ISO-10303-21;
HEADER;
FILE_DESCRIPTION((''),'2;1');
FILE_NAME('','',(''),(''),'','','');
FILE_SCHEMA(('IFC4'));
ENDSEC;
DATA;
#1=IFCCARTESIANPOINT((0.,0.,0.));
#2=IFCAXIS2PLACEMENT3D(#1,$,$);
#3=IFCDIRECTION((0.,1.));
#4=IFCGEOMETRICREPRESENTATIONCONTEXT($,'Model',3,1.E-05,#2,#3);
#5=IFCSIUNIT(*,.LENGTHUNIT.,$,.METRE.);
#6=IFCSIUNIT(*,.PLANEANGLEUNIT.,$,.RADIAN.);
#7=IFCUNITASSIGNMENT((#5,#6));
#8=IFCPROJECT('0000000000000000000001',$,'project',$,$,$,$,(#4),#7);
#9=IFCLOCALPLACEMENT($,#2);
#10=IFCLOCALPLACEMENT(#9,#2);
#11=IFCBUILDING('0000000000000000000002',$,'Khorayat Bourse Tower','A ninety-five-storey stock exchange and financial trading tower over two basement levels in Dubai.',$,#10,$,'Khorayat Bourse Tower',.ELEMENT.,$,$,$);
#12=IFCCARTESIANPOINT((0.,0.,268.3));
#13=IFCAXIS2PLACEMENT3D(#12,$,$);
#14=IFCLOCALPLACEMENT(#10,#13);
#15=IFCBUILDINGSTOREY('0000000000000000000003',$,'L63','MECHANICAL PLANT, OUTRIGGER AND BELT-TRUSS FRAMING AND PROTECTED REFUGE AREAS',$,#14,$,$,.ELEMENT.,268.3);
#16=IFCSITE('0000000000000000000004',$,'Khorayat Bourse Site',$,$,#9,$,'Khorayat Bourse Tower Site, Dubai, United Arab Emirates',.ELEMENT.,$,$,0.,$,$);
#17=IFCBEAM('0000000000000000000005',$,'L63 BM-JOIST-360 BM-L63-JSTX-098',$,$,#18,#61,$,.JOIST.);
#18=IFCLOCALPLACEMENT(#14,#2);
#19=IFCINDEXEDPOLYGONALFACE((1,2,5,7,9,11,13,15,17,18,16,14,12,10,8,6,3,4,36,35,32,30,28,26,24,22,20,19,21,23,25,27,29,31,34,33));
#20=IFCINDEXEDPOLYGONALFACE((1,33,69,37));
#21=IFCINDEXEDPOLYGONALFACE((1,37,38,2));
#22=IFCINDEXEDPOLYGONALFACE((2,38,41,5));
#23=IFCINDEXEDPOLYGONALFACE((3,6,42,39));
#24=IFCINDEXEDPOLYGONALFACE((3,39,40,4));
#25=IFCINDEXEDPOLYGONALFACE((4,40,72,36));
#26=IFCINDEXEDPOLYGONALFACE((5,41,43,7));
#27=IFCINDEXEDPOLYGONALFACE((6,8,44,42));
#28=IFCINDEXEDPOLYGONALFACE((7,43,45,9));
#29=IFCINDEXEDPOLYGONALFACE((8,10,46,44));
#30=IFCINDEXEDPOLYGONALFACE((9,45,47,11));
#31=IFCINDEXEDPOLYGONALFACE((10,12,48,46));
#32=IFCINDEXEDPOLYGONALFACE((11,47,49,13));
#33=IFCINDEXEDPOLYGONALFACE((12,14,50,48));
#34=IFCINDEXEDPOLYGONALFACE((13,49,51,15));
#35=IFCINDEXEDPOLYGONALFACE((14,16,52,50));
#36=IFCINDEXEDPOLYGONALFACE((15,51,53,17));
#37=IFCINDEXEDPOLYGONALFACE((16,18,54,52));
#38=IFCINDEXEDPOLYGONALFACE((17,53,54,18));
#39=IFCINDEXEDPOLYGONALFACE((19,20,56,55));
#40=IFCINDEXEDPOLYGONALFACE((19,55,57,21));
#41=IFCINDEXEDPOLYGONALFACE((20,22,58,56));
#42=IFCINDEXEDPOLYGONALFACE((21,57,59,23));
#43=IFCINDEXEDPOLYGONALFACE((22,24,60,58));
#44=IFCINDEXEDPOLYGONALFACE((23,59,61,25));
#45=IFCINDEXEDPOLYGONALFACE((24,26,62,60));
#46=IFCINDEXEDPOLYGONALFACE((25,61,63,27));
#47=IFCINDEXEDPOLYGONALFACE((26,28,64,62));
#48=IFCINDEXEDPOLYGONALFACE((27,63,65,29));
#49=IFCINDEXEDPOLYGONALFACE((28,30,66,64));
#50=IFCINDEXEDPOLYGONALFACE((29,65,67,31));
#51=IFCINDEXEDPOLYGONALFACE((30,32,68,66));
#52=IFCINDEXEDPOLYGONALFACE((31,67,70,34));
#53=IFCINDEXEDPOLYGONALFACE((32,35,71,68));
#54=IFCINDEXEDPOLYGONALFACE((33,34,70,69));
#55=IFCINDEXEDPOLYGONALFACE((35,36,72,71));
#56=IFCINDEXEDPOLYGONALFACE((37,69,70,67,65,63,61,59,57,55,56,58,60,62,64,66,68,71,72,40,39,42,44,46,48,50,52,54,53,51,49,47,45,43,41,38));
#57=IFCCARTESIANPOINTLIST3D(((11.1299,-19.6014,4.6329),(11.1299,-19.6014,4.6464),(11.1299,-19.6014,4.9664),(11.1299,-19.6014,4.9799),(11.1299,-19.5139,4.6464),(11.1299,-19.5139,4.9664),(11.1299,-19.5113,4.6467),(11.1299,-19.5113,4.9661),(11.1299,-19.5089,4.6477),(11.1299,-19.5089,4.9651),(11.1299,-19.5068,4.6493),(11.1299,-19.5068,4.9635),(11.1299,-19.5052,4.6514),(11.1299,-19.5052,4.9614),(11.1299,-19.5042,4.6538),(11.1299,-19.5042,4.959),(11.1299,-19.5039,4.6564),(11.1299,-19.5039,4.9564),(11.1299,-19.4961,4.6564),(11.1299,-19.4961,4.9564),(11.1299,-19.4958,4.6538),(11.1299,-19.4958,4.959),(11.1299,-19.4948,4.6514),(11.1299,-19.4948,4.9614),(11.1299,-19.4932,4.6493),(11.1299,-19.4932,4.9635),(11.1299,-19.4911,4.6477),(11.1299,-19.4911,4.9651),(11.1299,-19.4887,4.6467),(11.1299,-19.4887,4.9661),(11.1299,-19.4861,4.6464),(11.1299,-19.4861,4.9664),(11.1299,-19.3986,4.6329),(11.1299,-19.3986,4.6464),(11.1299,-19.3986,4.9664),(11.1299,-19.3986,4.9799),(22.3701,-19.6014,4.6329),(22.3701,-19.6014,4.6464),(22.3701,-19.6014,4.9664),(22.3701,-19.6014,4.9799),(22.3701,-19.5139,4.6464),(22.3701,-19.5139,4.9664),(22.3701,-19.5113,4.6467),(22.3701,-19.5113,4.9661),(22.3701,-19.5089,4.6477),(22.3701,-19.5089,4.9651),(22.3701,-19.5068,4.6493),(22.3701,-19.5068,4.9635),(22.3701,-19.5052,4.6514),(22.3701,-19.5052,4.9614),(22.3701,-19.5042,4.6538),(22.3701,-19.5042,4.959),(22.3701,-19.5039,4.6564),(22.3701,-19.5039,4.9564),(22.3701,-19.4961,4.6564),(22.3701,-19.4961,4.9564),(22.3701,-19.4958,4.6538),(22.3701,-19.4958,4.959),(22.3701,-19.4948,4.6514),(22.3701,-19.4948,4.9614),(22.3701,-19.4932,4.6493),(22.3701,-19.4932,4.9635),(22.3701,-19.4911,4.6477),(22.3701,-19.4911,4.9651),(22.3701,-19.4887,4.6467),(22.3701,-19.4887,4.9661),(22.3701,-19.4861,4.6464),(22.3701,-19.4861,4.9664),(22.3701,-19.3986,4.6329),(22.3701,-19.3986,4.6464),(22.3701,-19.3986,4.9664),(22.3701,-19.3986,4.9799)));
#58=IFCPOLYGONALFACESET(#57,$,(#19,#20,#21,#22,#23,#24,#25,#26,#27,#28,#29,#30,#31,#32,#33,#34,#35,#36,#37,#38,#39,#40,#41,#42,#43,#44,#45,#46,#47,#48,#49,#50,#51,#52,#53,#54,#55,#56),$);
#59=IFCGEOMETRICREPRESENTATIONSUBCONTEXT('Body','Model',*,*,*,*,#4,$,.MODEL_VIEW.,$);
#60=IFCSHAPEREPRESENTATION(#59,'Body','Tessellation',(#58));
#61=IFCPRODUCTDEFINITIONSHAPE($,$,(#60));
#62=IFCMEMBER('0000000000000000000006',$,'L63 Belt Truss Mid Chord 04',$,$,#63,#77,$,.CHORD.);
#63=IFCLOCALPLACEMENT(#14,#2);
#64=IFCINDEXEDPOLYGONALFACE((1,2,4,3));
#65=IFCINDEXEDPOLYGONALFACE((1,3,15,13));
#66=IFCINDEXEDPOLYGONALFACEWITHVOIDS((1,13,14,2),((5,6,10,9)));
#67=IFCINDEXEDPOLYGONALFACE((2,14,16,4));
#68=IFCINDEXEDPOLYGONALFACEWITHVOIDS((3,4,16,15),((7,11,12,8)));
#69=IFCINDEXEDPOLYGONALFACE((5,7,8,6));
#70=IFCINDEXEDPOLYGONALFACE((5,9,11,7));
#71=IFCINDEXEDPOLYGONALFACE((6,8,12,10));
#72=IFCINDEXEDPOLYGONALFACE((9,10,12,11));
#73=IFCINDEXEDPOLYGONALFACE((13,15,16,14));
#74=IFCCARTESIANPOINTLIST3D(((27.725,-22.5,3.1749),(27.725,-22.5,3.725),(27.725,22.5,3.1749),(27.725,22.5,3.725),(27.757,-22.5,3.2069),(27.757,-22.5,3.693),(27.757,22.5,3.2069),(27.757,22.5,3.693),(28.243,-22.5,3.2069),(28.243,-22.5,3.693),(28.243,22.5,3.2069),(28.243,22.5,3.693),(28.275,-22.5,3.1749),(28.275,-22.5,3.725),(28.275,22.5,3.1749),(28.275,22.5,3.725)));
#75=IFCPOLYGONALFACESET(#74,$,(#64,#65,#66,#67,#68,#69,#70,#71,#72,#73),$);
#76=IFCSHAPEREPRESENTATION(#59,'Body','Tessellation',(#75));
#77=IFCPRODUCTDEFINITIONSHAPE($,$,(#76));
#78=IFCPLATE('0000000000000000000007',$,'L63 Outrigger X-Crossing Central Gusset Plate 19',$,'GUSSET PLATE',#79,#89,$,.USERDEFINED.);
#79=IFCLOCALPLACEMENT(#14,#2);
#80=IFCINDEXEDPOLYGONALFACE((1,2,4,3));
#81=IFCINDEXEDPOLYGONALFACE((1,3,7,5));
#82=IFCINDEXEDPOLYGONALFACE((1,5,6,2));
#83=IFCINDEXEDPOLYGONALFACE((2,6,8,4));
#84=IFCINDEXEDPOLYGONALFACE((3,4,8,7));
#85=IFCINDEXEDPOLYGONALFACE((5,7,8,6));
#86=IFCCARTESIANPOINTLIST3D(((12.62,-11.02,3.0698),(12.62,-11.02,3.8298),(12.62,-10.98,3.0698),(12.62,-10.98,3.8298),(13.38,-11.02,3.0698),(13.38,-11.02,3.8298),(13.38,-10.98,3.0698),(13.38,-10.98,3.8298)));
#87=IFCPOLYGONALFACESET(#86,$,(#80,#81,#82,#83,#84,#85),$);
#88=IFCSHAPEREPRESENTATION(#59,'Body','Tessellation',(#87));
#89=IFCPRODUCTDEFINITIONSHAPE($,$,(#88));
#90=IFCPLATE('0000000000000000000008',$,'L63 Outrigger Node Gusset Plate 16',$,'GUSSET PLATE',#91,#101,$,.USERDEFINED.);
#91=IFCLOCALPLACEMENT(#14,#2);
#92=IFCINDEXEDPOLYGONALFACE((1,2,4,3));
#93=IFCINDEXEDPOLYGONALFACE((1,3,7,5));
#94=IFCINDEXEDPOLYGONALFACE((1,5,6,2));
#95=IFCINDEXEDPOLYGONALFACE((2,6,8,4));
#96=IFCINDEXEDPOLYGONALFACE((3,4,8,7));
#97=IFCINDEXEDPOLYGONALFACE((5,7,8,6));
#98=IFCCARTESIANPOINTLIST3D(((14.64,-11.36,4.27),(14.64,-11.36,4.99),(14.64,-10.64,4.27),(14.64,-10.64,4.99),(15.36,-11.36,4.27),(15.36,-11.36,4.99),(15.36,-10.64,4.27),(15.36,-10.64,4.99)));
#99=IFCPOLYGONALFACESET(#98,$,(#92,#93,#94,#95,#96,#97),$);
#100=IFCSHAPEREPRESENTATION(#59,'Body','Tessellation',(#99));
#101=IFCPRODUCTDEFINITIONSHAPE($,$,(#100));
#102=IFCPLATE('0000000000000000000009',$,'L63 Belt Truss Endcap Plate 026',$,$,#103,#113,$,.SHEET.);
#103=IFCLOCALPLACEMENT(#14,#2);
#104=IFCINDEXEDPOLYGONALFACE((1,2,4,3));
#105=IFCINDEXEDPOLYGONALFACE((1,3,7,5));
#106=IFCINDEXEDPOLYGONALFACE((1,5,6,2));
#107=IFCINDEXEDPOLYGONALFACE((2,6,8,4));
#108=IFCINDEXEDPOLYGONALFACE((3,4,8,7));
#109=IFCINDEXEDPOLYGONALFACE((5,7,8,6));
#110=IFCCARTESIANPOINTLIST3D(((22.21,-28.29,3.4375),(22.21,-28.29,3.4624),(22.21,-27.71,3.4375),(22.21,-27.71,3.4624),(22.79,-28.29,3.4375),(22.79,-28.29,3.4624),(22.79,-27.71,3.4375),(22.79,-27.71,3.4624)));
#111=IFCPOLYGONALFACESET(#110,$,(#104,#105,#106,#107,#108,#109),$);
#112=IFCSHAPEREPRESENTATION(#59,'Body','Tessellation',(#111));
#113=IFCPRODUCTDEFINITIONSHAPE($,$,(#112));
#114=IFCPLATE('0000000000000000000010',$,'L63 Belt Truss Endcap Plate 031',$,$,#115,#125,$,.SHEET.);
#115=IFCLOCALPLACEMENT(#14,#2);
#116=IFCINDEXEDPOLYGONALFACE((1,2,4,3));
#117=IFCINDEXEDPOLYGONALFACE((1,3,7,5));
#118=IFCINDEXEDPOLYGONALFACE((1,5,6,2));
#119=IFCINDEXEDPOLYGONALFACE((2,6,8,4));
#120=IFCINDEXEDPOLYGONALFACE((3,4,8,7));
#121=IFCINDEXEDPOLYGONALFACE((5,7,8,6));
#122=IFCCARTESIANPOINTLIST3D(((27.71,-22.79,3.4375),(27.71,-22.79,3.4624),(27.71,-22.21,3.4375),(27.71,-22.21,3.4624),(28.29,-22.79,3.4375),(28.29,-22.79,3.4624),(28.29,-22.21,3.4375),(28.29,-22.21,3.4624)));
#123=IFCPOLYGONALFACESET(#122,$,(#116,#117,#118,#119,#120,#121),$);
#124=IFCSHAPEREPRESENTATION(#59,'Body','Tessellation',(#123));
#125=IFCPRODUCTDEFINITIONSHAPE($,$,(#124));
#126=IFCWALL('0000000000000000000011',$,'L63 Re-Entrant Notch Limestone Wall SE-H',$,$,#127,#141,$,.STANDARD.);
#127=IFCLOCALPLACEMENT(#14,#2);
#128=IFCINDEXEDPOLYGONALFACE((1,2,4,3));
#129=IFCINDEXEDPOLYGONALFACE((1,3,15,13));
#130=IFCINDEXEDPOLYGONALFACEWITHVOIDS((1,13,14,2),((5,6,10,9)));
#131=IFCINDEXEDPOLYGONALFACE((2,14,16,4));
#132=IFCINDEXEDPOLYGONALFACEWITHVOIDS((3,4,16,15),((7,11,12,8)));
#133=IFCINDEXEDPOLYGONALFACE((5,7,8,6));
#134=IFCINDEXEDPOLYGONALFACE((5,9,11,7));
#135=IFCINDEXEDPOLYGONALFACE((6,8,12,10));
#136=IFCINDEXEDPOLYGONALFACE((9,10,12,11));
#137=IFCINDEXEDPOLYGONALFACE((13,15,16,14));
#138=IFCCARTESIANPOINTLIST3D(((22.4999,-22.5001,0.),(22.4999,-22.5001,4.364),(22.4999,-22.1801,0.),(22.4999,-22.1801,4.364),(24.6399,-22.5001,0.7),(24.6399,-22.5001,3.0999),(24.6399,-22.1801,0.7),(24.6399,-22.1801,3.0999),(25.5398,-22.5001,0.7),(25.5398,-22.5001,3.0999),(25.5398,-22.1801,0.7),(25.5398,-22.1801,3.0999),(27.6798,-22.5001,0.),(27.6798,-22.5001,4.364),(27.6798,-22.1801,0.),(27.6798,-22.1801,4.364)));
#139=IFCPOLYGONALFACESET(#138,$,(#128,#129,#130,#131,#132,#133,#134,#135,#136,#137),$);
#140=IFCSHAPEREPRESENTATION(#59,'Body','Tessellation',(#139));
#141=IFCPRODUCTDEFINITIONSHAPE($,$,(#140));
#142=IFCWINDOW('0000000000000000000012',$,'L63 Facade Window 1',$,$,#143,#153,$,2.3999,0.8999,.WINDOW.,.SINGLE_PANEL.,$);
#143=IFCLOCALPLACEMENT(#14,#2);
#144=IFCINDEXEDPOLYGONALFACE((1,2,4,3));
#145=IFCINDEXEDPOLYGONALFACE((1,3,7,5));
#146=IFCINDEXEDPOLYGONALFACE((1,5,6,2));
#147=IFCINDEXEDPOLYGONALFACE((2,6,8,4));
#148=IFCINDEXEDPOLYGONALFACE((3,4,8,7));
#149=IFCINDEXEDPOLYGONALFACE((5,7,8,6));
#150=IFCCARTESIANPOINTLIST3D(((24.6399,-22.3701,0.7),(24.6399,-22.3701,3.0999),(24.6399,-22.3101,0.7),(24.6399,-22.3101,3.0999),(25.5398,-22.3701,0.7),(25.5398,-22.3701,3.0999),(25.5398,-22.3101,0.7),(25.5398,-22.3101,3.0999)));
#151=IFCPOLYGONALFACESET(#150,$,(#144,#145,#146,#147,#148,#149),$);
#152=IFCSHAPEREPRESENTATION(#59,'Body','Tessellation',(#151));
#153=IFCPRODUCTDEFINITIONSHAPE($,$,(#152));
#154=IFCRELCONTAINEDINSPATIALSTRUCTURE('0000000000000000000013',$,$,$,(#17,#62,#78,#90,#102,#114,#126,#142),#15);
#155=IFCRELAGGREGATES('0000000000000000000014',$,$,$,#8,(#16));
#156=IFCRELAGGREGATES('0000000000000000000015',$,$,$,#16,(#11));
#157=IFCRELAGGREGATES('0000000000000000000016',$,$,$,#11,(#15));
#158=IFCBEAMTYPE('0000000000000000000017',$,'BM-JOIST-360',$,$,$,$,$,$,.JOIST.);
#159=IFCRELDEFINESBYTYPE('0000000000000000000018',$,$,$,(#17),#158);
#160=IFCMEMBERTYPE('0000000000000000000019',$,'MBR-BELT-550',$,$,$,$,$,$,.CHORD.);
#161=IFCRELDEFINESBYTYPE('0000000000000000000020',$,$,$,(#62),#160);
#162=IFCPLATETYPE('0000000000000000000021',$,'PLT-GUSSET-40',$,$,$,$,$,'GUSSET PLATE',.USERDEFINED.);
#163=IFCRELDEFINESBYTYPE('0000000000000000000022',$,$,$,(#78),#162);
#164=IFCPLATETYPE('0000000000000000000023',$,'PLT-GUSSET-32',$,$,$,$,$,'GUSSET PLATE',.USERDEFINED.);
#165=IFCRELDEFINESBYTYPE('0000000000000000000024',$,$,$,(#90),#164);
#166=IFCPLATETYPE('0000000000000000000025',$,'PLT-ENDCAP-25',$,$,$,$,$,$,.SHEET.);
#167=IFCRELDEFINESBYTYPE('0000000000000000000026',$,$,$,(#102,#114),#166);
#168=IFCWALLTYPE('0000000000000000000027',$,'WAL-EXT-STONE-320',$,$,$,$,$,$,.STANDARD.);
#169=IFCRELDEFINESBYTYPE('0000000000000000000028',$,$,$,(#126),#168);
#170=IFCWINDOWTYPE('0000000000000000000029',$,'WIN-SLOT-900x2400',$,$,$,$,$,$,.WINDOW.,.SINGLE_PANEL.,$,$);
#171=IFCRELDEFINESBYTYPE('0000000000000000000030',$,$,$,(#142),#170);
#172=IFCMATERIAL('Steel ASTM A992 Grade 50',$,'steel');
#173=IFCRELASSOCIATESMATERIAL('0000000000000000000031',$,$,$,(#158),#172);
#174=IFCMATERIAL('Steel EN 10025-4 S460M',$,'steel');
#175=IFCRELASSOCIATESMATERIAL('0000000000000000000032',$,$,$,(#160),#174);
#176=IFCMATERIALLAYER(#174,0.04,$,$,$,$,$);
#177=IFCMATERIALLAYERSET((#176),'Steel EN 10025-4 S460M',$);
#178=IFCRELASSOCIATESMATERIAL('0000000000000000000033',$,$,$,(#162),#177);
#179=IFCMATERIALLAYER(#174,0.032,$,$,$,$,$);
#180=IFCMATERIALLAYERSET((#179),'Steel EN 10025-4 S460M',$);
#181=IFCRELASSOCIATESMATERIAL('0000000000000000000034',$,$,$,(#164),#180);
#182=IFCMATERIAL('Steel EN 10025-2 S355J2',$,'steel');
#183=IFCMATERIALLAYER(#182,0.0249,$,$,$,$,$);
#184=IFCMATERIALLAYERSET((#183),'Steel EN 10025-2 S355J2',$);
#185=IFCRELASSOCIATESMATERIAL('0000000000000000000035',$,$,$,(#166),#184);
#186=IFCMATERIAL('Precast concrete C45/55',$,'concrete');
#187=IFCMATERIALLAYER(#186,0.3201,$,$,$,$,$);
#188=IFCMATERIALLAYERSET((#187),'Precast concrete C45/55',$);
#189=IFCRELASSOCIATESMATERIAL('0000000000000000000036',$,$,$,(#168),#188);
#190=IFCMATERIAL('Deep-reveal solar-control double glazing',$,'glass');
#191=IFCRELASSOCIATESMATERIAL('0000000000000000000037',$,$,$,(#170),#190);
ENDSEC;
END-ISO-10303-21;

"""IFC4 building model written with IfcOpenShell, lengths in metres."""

from ifc_helpers import new_model, si_unit, direction, frame, frame_2d, origin, origin_2d, place, context, subcontext, project, spatial, rectangle, hollow_rectangle, i_section, extrude, source, transform, mapped, material, layer, layer_set, material_profile, profile_set, type_object, element, fill, save


model = new_model("IFC4")

# Units and contexts
model_context = context("Model", 3, precision=1e-05, world=origin(), true_north=direction((0.0, 1.0)))
body_context = subcontext(model_context, "Body", "Model", "MODEL_VIEW")
ifc_project = project(units=[si_unit("LENGTHUNIT", "METRE"), si_unit("PLANEANGLEUNIT", "RADIAN")], contexts=[model_context])

# Site, building, storey
site_placement = place(None, origin())
site = spatial("IfcSite", under=ifc_project, at=site_placement, Name="Khorayat Bourse Site", LongName="Khorayat Bourse Tower Site, Dubai, United Arab Emirates", CompositionType="ELEMENT", RefElevation=0.0)
building_placement = place(site_placement, origin())
building = spatial("IfcBuilding", under=site, at=building_placement, Name="Khorayat Bourse Tower", Description="A ninety-five-storey stock exchange and financial trading tower over two basement levels in Dubai.", LongName="Khorayat Bourse Tower", CompositionType="ELEMENT")
storey_placement = place(building_placement, frame((0.0, 0.0, 268.3)))
storey = spatial("IfcBuildingStorey", under=building, at=storey_placement, Name="L63", Description="MECHANICAL PLANT, OUTRIGGER AND BELT-TRUSS FRAMING AND PROTECTED REFUGE AREAS", CompositionType="ELEMENT", Elevation=268.3)

# Shared definitions
ifc_material_1 = material(Name="Steel EN 10025-4 S460M", Category="steel")

# Shared definitions
ifc_material_2 = material(Name="Steel ASTM A992 Grade 50", Category="steel")

# Beam
ifc_material_profile_1 = material_profile(ifc_material_2, i_section(OverallWidth=0.2029, OverallDepth=0.3469, WebThickness=0.0078, FlangeThickness=0.0134, FilletRadius=0.01, at=origin_2d()), Name="W360X64")
ifc_profile_set_1 = profile_set([ifc_material_profile_1], Name="Steel ASTM A992 Grade 50")
beam_type_1 = type_object("IfcBeamType", Name="BM-JOIST-360", PredefinedType="JOIST", material=ifc_profile_set_1)
shared_shape_1 = source(origin(), body_context, "Body", "SweptSolid", [
    extrude(i_section(OverallWidth=0.2029, OverallDepth=0.3469, WebThickness=0.0078, FlangeThickness=0.0134, FilletRadius=0.01, at=origin_2d()), origin(), (0.0, 0.0, 1.0), 11.2402),
])
beam_1_placement = place(storey_placement, frame((11.1299, -19.5, 4.8064), z_axis=(1.0, 0.0, 0.0), x_axis=(0.0, 1.0, 0.0)))
element("IfcBeam", 1, at=beam_1_placement, inside=storey, type_object=beam_type_1, Name="L63 BM-JOIST-360 BM-L63-JSTX-098", PredefinedType="JOIST", context=body_context, shape_type="MappedRepresentation", body=[
    mapped(shared_shape_1, transform((0.0, 0.0, 0.0), scale=1.0)),
])

# Member
ifc_material_profile_2 = material_profile(ifc_material_1, hollow_rectangle(XDim=0.55, YDim=0.55, WallThickness=0.032, at=origin_2d()), Name="HSS 550x550x32")
ifc_profile_set_2 = profile_set([ifc_material_profile_2], Name="Steel EN 10025-4 S460M")
member_type_1 = type_object("IfcMemberType", Name="MBR-BELT-550", PredefinedType="CHORD", material=ifc_profile_set_2)
shared_shape_2 = source(origin(), body_context, "Body", "SweptSolid", [
    extrude(hollow_rectangle(XDim=0.55, YDim=0.55, WallThickness=0.032, at=origin_2d()), origin(), (0.0, 0.0, 1.0), 45.0),
])
member_1_placement = place(storey_placement, frame((28.0, -22.5, 3.45), z_axis=(0.0, 1.0, 0.0), x_axis=(-1.0, 0.0, 0.0)))
element("IfcMember", 2, at=member_1_placement, inside=storey, type_object=member_type_1, Name="L63 Belt Truss Mid Chord 04", PredefinedType="CHORD", context=body_context, shape_type="MappedRepresentation", body=[
    mapped(shared_shape_2, transform((0.0, 0.0, 0.0), scale=1.0)),
])

# Plates
ifc_layer_1 = layer(ifc_material_1, 0.04)
ifc_layer_set_1 = layer_set([ifc_layer_1], Name="Steel EN 10025-4 S460M")
plate_type_1 = type_object("IfcPlateType", Name="PLT-GUSSET-40", ElementType="GUSSET PLATE", PredefinedType="USERDEFINED", material=ifc_layer_set_1)
shared_shape_3 = source(origin(), body_context, "Body", "SweptSolid", [
    extrude(rectangle(XDim=0.76, YDim=0.04, at=origin_2d()), origin(), (0.0, 0.0, 1.0), 0.76),
])
plate_1_placement = place(storey_placement, frame((13.0, -11.0, 3.0698), z_axis=(0.0, 0.0, 1.0), x_axis=(1.0, 0.0, 0.0)))
element("IfcPlate", 3, at=plate_1_placement, inside=storey, type_object=plate_type_1, Name="L63 Outrigger X-Crossing Central Gusset Plate 19", ObjectType="GUSSET PLATE", PredefinedType="USERDEFINED", context=body_context, shape_type="MappedRepresentation", body=[
    mapped(shared_shape_3, transform((0.0, 0.0, 0.0), scale=1.0)),
])
ifc_layer_2 = layer(ifc_material_1, 0.032)
ifc_layer_set_2 = layer_set([ifc_layer_2], Name="Steel EN 10025-4 S460M")
plate_type_2 = type_object("IfcPlateType", Name="PLT-GUSSET-32", ElementType="GUSSET PLATE", PredefinedType="USERDEFINED", material=ifc_layer_set_2)
shared_shape_4 = source(origin(), body_context, "Body", "SweptSolid", [
    extrude(rectangle(XDim=0.72, YDim=0.72, at=origin_2d()), origin(), (0.0, 0.0, 1.0), 0.72),
])
plate_2_placement = place(storey_placement, frame((15.0, -11.0, 4.27), z_axis=(0.0, 0.0, 1.0), x_axis=(1.0, 0.0, 0.0)))
element("IfcPlate", 4, at=plate_2_placement, inside=storey, type_object=plate_type_2, Name="L63 Outrigger Node Gusset Plate 16", ObjectType="GUSSET PLATE", PredefinedType="USERDEFINED", context=body_context, shape_type="MappedRepresentation", body=[
    mapped(shared_shape_4, transform((0.0, 0.0, 0.0), scale=1.0)),
])
ifc_material_3 = material(Name="Steel EN 10025-2 S355J2", Category="steel")
ifc_layer_3 = layer(ifc_material_3, 0.0249)
ifc_layer_set_3 = layer_set([ifc_layer_3], Name="Steel EN 10025-2 S355J2")
plate_type_3 = type_object("IfcPlateType", Name="PLT-ENDCAP-25", PredefinedType="SHEET", material=ifc_layer_set_3)
shared_shape_5 = source(origin(), body_context, "Body", "SweptSolid", [
    extrude(rectangle(XDim=0.5801, YDim=0.5801, at=origin_2d()), origin(), (0.0, 0.0, 1.0), 0.0249),
])
for number, where, z_axis, x_axis, name in (
    (5, (22.5, -28.0, 3.4375), (0.0, 0.0, 1.0), (1.0, 0.0, 0.0), "L63 Belt Truss Endcap Plate 026"),
    (6, (28.0, -22.5, 3.4375), (0.0, 0.0, 1.0), (1.0, 0.0, 0.0), "L63 Belt Truss Endcap Plate 031"),
):
    element("IfcPlate", number, at=place(storey_placement, frame(where, z_axis=z_axis, x_axis=x_axis)), inside=storey, type_object=plate_type_3, Name=name, PredefinedType="SHEET", context=body_context, shape_type="MappedRepresentation", body=[
        mapped(shared_shape_5, transform((0.0, 0.0, 0.0), scale=1.0)),
    ])

# Wall, opening, window
ifc_material_4 = material(Name="Precast concrete C45/55", Category="concrete")
ifc_layer_4 = layer(ifc_material_4, 0.3201)
ifc_layer_set_4 = layer_set([ifc_layer_4], Name="Precast concrete C45/55")
wall_type = type_object("IfcWallType", Name="WAL-EXT-STONE-320", PredefinedType="STANDARD", material=ifc_layer_set_4)
shared_shape_6 = source(origin(), body_context, "Body", "SweptSolid", [
    extrude(rectangle(XDim=5.1799, YDim=0.3201, at=frame_2d((2.5898, 0.0))), origin(), (0.0, 0.0, 1.0), 4.364),
])
wall_1_placement = place(storey_placement, frame((22.5, -22.3401, 0.0), z_axis=(0.0, 0.0, 1.0), x_axis=(1.0, 0.0, 0.0)))
wall_1 = element("IfcWall", 7, at=wall_1_placement, inside=storey, type_object=wall_type, Name="L63 Re-Entrant Notch Limestone Wall SE-H", PredefinedType="STANDARD", context=body_context, shape_type="MappedRepresentation", body=[
    mapped(shared_shape_6, transform((0.0, 0.0, 0.0), scale=1.0)),
])
shared_shape_7 = source(origin(), body_context, "Body", "SweptSolid", [
    extrude(rectangle(XDim=0.8999, YDim=2.3999, at=frame_2d((0.45, 1.2))), frame((0.0, 0.1699, 0.0), z_axis=(0.0, -1.0, 0.0), x_axis=(1.0, 0.0, 0.0)), (0.0, 0.0, 1.0), 0.3401),
])
opening_1_placement = place(wall_1_placement, frame((2.1399, 0.0, 0.7)))
opening_1 = element("IfcOpeningElement", 8, at=opening_1_placement, cuts=wall_1, PredefinedType="OPENING", context=body_context, shape_type="MappedRepresentation", body=[
    mapped(shared_shape_7, transform((0.0, 0.0, 0.0), scale=1.0)),
])
ifc_material_5 = material(Name="Deep-reveal solar-control double glazing", Category="glass")
window_type = type_object("IfcWindowType", Name="WIN-SLOT-900x2400", PartitioningType="SINGLE_PANEL", PredefinedType="WINDOW", material=ifc_material_5)
shared_shape_8 = source(origin(), body_context, "Body", "SweptSolid", [
    extrude(rectangle(XDim=0.8999, YDim=2.3999, at=frame_2d((0.45, 1.2))), frame((0.0, 0.03, 0.0), z_axis=(0.0, -1.0, 0.0), x_axis=(1.0, 0.0, 0.0)), (0.0, 0.0, 1.0), 0.0601),
])
window_1_placement = place(opening_1_placement, origin())
window_1 = element("IfcWindow", 9, at=window_1_placement, inside=storey, type_object=window_type, Name="L63 Facade Window 1", OverallHeight=2.3999, OverallWidth=0.8999, PartitioningType="SINGLE_PANEL", PredefinedType="WINDOW", context=body_context, shape_type="MappedRepresentation", body=[
    mapped(shared_shape_8, transform((0.0, 0.0, 0.0), scale=1.0)),
])
fill(opening_1, window_1)

save(model, "model.ifc")
